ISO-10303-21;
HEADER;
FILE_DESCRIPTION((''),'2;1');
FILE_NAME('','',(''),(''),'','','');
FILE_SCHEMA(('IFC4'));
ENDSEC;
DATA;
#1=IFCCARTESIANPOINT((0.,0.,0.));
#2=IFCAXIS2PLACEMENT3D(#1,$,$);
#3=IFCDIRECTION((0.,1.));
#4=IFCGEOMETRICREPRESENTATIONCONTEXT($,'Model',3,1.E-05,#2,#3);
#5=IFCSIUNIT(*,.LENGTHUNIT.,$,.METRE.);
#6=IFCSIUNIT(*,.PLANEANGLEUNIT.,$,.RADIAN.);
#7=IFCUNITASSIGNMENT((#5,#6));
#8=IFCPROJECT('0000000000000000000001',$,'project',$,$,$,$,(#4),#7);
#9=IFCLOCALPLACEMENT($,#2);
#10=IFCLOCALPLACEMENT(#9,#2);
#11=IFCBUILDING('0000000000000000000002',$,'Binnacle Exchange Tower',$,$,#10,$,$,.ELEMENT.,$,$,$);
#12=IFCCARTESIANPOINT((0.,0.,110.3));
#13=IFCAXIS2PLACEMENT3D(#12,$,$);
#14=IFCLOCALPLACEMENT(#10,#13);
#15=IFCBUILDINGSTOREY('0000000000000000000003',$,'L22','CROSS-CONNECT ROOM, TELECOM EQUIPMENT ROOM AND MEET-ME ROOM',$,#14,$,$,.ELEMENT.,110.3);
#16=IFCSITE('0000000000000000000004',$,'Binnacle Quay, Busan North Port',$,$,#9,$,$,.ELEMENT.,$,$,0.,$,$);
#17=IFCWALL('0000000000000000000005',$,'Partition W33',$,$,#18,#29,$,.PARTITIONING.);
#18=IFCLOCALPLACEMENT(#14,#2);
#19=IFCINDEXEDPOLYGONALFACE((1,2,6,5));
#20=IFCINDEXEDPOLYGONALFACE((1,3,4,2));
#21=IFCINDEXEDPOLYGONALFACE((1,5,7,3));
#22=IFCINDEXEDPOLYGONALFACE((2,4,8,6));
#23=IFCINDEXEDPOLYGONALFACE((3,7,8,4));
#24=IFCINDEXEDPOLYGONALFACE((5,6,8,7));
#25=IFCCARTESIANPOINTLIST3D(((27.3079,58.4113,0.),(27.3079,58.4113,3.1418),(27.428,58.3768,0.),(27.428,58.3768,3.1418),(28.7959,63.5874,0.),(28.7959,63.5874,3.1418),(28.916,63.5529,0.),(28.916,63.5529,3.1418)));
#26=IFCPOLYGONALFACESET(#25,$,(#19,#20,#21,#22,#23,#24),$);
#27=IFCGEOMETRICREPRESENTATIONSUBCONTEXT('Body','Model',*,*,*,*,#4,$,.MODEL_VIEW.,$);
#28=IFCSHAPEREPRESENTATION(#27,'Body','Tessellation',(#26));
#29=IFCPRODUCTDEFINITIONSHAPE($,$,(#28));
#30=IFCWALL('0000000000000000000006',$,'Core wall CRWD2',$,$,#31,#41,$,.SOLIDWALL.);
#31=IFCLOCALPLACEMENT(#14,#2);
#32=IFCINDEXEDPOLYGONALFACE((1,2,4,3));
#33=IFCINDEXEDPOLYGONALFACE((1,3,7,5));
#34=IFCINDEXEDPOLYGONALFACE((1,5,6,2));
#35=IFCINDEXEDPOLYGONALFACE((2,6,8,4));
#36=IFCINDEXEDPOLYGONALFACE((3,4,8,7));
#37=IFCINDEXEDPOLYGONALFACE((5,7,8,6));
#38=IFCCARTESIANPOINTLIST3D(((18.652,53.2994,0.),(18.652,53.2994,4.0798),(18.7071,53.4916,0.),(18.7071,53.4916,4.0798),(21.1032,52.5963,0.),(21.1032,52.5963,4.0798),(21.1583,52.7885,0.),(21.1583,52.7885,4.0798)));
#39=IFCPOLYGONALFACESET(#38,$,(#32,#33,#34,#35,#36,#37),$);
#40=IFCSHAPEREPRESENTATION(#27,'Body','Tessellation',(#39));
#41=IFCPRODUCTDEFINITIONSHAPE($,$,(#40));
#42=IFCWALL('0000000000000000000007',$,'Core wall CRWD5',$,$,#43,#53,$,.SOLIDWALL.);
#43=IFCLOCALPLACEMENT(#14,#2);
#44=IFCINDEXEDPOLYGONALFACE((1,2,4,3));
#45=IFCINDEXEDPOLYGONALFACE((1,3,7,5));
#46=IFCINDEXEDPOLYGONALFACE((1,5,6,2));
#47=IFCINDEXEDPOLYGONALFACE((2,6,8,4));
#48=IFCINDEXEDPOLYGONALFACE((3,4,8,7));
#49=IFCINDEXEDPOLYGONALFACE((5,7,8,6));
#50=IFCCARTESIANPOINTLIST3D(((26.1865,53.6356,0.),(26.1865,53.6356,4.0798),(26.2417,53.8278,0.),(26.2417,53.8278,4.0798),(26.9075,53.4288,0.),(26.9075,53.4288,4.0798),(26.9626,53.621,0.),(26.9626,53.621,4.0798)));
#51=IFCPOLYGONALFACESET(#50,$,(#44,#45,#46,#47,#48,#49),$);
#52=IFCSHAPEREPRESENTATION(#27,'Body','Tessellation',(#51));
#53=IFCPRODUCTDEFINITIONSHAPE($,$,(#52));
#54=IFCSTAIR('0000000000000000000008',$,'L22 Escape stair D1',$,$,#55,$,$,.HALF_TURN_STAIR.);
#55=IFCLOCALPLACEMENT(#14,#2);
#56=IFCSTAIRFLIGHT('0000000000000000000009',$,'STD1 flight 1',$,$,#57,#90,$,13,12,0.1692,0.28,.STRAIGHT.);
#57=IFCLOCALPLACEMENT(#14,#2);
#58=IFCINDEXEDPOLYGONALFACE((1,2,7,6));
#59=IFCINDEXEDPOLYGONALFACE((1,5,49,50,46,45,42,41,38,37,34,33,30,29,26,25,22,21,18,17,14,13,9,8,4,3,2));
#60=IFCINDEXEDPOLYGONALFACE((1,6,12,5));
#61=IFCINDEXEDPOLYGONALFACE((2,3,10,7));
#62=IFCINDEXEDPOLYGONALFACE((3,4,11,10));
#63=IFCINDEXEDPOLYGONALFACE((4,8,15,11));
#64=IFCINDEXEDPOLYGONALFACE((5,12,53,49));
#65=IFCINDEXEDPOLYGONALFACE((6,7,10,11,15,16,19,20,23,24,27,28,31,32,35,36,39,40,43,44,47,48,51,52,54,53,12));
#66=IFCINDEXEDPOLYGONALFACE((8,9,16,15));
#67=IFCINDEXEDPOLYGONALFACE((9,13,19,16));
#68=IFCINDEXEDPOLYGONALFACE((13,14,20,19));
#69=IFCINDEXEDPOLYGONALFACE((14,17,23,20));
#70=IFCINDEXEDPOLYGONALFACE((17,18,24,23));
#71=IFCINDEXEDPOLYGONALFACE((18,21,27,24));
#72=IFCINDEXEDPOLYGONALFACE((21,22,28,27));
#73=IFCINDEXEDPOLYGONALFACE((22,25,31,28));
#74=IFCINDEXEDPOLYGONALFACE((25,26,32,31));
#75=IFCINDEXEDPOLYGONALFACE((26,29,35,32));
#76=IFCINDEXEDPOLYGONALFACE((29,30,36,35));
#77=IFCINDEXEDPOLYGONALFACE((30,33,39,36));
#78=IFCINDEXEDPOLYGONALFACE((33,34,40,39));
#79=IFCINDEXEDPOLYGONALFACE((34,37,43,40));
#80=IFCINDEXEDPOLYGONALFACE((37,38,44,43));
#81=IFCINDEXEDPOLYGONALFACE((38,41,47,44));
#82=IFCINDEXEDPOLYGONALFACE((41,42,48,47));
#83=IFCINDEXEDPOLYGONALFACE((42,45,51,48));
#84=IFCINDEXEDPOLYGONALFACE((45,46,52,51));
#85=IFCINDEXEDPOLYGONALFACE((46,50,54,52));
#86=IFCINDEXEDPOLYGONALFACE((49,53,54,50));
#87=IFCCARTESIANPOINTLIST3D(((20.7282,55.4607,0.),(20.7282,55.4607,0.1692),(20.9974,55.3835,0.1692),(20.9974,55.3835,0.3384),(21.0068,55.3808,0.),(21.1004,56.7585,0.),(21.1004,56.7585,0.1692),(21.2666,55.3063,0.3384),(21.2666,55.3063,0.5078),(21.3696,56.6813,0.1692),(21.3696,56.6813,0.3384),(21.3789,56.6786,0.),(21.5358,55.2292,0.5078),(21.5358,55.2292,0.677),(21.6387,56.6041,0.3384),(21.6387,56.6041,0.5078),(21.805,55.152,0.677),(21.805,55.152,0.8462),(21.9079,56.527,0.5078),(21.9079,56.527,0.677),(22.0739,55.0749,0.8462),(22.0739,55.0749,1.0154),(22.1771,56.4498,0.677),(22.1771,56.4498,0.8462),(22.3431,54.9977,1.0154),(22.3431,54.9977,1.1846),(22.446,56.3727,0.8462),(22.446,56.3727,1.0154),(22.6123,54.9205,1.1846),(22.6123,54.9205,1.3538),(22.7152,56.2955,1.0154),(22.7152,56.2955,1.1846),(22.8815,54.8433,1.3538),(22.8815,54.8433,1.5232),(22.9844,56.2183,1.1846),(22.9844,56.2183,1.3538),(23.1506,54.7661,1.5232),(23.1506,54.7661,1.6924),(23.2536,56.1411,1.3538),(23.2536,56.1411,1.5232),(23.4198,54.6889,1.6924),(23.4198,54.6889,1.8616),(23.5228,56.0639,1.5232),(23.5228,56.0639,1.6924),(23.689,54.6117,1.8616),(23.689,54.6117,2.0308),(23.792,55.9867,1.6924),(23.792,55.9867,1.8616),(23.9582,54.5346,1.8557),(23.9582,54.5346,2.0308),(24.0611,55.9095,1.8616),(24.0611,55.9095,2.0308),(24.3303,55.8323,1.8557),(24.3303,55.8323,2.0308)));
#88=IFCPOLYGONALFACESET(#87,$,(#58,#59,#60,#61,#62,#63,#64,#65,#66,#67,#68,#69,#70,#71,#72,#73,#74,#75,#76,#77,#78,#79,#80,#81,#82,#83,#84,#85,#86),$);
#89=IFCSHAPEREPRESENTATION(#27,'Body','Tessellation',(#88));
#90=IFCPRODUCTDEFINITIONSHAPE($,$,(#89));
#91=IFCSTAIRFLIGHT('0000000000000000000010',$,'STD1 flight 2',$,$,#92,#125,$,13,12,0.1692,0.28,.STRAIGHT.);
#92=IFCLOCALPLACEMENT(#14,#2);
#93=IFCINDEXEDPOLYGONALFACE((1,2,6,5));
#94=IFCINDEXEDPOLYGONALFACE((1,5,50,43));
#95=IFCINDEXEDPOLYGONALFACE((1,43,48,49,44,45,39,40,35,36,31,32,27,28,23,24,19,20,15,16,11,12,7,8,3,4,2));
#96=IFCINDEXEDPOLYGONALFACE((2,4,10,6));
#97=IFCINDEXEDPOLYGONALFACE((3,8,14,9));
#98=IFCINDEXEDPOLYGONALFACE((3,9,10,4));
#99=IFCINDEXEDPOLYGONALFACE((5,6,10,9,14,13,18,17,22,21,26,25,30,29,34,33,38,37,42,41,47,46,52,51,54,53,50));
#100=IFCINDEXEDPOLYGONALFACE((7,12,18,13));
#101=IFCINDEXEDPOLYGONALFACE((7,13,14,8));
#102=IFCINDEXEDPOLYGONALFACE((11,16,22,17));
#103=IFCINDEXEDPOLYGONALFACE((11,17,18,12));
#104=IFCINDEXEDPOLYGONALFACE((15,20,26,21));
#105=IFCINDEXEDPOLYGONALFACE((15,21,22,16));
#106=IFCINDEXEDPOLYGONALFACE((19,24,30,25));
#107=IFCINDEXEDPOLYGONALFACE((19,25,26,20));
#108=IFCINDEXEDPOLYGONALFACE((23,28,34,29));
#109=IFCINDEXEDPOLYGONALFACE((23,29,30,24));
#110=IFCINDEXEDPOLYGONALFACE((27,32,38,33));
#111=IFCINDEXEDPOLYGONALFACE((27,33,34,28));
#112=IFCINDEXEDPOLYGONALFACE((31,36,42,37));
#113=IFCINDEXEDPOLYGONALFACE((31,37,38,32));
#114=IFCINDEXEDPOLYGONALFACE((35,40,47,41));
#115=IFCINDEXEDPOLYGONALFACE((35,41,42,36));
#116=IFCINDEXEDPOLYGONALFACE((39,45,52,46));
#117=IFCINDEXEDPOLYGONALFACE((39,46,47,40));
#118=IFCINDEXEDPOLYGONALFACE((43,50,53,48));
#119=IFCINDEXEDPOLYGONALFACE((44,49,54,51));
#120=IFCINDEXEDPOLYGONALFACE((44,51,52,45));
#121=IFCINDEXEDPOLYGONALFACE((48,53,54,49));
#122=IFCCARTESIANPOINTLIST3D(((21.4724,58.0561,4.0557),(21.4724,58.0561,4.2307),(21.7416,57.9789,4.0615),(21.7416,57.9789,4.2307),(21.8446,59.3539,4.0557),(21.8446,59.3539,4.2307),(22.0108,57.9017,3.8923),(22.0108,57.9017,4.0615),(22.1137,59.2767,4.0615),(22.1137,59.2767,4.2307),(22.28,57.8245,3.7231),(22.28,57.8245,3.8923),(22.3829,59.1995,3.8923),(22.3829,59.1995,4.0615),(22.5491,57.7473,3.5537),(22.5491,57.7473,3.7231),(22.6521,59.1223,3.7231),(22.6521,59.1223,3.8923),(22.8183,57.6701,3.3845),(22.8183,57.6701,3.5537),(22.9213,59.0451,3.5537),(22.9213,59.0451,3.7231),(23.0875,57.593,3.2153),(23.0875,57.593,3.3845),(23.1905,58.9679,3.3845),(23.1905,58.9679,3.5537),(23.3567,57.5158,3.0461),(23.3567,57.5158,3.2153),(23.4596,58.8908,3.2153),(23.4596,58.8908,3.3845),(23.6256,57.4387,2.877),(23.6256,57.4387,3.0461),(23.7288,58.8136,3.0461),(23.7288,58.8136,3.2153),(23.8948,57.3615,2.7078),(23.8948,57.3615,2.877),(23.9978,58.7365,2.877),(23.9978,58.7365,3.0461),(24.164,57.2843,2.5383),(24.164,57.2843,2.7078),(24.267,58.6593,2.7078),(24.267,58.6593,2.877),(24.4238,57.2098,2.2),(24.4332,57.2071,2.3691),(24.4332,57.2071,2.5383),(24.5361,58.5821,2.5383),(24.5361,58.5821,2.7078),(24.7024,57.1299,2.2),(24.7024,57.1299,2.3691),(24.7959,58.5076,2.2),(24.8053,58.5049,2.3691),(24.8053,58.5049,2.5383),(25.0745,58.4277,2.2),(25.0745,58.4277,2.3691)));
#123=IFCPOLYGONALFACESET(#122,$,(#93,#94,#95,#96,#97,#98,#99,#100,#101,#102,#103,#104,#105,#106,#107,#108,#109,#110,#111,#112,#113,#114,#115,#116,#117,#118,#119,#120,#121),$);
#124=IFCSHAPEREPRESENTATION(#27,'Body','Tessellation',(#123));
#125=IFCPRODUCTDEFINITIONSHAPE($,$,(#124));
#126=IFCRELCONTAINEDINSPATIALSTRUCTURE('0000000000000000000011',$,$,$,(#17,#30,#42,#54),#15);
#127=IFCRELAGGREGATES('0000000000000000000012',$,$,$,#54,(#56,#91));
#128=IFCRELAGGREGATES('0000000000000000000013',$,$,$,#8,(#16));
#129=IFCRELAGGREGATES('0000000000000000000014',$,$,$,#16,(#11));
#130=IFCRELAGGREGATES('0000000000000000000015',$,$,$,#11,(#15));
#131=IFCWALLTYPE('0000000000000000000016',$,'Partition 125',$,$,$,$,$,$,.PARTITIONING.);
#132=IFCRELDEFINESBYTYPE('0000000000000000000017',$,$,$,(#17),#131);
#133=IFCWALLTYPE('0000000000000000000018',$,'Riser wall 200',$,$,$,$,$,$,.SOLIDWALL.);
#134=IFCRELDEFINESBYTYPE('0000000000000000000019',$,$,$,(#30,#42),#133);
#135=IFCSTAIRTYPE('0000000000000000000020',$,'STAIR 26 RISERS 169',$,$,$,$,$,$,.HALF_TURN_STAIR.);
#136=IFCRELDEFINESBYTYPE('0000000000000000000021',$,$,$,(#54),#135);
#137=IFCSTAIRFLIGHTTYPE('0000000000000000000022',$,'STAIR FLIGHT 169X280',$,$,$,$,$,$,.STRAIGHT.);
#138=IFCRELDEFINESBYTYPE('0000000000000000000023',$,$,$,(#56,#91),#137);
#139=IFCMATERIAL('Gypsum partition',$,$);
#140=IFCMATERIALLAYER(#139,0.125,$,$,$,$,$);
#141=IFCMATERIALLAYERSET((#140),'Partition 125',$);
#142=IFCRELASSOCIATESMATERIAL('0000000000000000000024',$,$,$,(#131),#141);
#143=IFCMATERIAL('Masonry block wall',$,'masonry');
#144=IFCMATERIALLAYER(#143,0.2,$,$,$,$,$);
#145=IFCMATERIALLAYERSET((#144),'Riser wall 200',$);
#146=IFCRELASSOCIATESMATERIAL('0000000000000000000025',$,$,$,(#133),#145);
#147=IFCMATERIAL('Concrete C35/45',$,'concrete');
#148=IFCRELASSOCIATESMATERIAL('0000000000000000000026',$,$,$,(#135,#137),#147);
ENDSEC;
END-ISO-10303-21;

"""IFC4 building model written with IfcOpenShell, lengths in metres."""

from ifc_helpers import new_model, si_unit, direction, frame, frame_2d, origin, place, context, subcontext, project, spatial, polyline, rectangle, outline, extrude, material, layer, layer_set, type_object, element, aggregate, save


model = new_model("IFC4")

# Units and contexts
model_context = context("Model", 3, precision=1e-05, world=origin(), true_north=direction((0.0, 1.0)))
body_context = subcontext(model_context, "Body", "Model", "MODEL_VIEW")
ifc_project = project(units=[si_unit("LENGTHUNIT", "METRE"), si_unit("PLANEANGLEUNIT", "RADIAN")], contexts=[model_context])

# Site, building, storey
site_placement = place(None, origin())
site = spatial("IfcSite", under=ifc_project, at=site_placement, Name="Binnacle Quay, Busan North Port", CompositionType="ELEMENT", RefElevation=0.0)
building_placement = place(site_placement, origin())
building = spatial("IfcBuilding", under=site, at=building_placement, Name="Binnacle Exchange Tower", CompositionType="ELEMENT")
storey_placement = place(building_placement, frame((0.0, 0.0, 110.3)))
storey = spatial("IfcBuildingStorey", under=building, at=storey_placement, Name="L22", Description="CROSS-CONNECT ROOM, TELECOM EQUIPMENT ROOM AND MEET-ME ROOM", CompositionType="ELEMENT", Elevation=110.3)

# Walls
ifc_material_1 = material(Name="Gypsum partition")
ifc_layer_1 = layer(ifc_material_1, 0.125)
ifc_layer_set_1 = layer_set([ifc_layer_1], Name="Partition 125")
wall_type_1 = type_object("IfcWallType", Name="Partition 125", PredefinedType="PARTITIONING", material=ifc_layer_set_1)
wall_1_placement = place(storey_placement, frame((27.3679, 58.394, 0.0), z_axis=(0.0, 0.0, 1.0), x_axis=(0.276295, 0.961073, 0.0)))
element("IfcWall", 1, at=wall_1_placement, inside=storey, type_object=wall_type_1, Name="Partition W33", PredefinedType="PARTITIONING", context=body_context, shape_type="SweptSolid", body=[
    extrude(rectangle(XDim=5.3857, YDim=0.125, at=frame_2d((2.6929, 0.0))), origin(), (0.0, 0.0, 1.0), 3.1418),
])
ifc_material_2 = material(Name="Masonry block wall", Category="masonry")
ifc_layer_2 = layer(ifc_material_2, 0.2)
ifc_layer_set_2 = layer_set([ifc_layer_2], Name="Riser wall 200")
wall_type_2 = type_object("IfcWallType", Name="Riser wall 200", PredefinedType="SOLIDWALL", material=ifc_layer_set_2)
wall_2_placement = place(storey_placement, frame((18.6797, 53.3955, 0.0), z_axis=(0.0, 0.0, 1.0), x_axis=(0.961234, -0.275733, 0.0)))
element("IfcWall", 2, at=wall_2_placement, inside=storey, type_object=wall_type_2, Name="Core wall CRWD2", PredefinedType="SOLIDWALL", context=body_context, shape_type="SweptSolid", body=[
    extrude(rectangle(XDim=2.55, YDim=0.2, at=frame_2d((1.2749, 0.0))), origin(), (0.0, 0.0, 1.0), 4.0798),
])
wall_3_placement = place(storey_placement, frame((26.2141, 53.7317, 0.0), z_axis=(0.0, 0.0, 1.0), x_axis=(0.961241, -0.27571, 0.0)))
element("IfcWall", 3, at=wall_3_placement, inside=storey, type_object=wall_type_2, Name="Core wall CRWD5", PredefinedType="SOLIDWALL", context=body_context, shape_type="SweptSolid", body=[
    extrude(rectangle(XDim=0.75, YDim=0.2, at=frame_2d((0.375, 0.0))), origin(), (0.0, 0.0, 1.0), 4.0798),
])

# Stair, stair flights
ifc_material_3 = material(Name="Concrete C35/45", Category="concrete")
stair_type = type_object("IfcStairType", Name="STAIR 26 RISERS 169", PredefinedType="HALF_TURN_STAIR", material=ifc_material_3)
stair_placement = place(storey_placement, origin())
stair = element("IfcStair", 4, at=stair_placement, inside=storey, type_object=stair_type, Name="L22 Escape stair D1", PredefinedType="HALF_TURN_STAIR")
stair_flight_type = type_object("IfcStairFlightType", Name="STAIR FLIGHT 169X280", PredefinedType="STRAIGHT", material=ifc_material_3)
stair_flight_1_placement = place(storey_placement, frame((20.9143, 56.1096, 0.0), z_axis=(0.0, 0.0, 1.0), x_axis=(0.961262, -0.275637, 0.0)))
stair_flight_1 = element("IfcStairFlight", 5, at=stair_flight_1_placement, type_object=stair_flight_type, Name="STD1 flight 1", NumberOfRisers=13, NumberOfTreads=12, PredefinedType="STRAIGHT", RiserHeight=0.1692, TreadLength=0.28, context=body_context, shape_type="SweptSolid", body=[
    extrude(outline(polyline([(0.0, 0.0), (0.0, 0.1692), (0.28, 0.1692), (0.28, 0.3384), (0.5601, 0.3384), (0.5601, 0.5078), (0.8401, 0.5078), (0.8401, 0.677), (1.1201, 0.677), (1.1201, 0.8462), (1.3999, 0.8462), (1.3999, 1.0154), (1.6799, 1.0154), (1.6799, 1.1846), (1.96, 1.1846), (1.96, 1.3538), (2.24, 1.3538), (2.24, 1.5232), (2.52, 1.5232), (2.52, 1.6924), (2.8, 1.6924), (2.8, 1.8616), (3.0801, 1.8616), (3.0801, 2.0308), (3.3601, 2.0308), (3.3601, 2.2), (3.3601, 1.8557), (0.2898, 0.0), (0.0, 0.0)])), frame((0.0, 0.675, 0.0), z_axis=(0.0, -1.0, 0.0), x_axis=(1.0, 0.0, 0.0)), (0.0, 0.0, 1.0), 1.3501),
])
stair_flight_2_placement = place(storey_placement, frame((24.8884, 57.7788, 2.2), z_axis=(0.0, 0.0, 1.0), x_axis=(-0.961262, 0.275637, 0.0)))
stair_flight_2 = element("IfcStairFlight", 6, at=stair_flight_2_placement, type_object=stair_flight_type, Name="STD1 flight 2", NumberOfRisers=13, NumberOfTreads=12, PredefinedType="STRAIGHT", RiserHeight=0.1692, TreadLength=0.28, context=body_context, shape_type="SweptSolid", body=[
    extrude(outline(polyline([(0.0, 0.0), (0.0, 0.1692), (0.28, 0.1692), (0.28, 0.3384), (0.5601, 0.3384), (0.5601, 0.5078), (0.8401, 0.5078), (0.8401, 0.677), (1.1201, 0.677), (1.1201, 0.8462), (1.3999, 0.8462), (1.3999, 1.0154), (1.6799, 1.0154), (1.6799, 1.1846), (1.96, 1.1846), (1.96, 1.3538), (2.24, 1.3538), (2.24, 1.5232), (2.52, 1.5232), (2.52, 1.6924), (2.8, 1.6924), (2.8, 1.8616), (3.0801, 1.8616), (3.0801, 2.0308), (3.3601, 2.0308), (3.3601, 2.2), (3.3601, 1.8557), (0.2898, 0.0), (0.0, 0.0)])), frame((0.0, 0.675, 0.0), z_axis=(0.0, -1.0, 0.0), x_axis=(1.0, 0.0, 0.0)), (0.0, 0.0, 1.0), 1.3501),
])
aggregate(stair, [stair_flight_1, stair_flight_2])

save(model, "model.ifc")
